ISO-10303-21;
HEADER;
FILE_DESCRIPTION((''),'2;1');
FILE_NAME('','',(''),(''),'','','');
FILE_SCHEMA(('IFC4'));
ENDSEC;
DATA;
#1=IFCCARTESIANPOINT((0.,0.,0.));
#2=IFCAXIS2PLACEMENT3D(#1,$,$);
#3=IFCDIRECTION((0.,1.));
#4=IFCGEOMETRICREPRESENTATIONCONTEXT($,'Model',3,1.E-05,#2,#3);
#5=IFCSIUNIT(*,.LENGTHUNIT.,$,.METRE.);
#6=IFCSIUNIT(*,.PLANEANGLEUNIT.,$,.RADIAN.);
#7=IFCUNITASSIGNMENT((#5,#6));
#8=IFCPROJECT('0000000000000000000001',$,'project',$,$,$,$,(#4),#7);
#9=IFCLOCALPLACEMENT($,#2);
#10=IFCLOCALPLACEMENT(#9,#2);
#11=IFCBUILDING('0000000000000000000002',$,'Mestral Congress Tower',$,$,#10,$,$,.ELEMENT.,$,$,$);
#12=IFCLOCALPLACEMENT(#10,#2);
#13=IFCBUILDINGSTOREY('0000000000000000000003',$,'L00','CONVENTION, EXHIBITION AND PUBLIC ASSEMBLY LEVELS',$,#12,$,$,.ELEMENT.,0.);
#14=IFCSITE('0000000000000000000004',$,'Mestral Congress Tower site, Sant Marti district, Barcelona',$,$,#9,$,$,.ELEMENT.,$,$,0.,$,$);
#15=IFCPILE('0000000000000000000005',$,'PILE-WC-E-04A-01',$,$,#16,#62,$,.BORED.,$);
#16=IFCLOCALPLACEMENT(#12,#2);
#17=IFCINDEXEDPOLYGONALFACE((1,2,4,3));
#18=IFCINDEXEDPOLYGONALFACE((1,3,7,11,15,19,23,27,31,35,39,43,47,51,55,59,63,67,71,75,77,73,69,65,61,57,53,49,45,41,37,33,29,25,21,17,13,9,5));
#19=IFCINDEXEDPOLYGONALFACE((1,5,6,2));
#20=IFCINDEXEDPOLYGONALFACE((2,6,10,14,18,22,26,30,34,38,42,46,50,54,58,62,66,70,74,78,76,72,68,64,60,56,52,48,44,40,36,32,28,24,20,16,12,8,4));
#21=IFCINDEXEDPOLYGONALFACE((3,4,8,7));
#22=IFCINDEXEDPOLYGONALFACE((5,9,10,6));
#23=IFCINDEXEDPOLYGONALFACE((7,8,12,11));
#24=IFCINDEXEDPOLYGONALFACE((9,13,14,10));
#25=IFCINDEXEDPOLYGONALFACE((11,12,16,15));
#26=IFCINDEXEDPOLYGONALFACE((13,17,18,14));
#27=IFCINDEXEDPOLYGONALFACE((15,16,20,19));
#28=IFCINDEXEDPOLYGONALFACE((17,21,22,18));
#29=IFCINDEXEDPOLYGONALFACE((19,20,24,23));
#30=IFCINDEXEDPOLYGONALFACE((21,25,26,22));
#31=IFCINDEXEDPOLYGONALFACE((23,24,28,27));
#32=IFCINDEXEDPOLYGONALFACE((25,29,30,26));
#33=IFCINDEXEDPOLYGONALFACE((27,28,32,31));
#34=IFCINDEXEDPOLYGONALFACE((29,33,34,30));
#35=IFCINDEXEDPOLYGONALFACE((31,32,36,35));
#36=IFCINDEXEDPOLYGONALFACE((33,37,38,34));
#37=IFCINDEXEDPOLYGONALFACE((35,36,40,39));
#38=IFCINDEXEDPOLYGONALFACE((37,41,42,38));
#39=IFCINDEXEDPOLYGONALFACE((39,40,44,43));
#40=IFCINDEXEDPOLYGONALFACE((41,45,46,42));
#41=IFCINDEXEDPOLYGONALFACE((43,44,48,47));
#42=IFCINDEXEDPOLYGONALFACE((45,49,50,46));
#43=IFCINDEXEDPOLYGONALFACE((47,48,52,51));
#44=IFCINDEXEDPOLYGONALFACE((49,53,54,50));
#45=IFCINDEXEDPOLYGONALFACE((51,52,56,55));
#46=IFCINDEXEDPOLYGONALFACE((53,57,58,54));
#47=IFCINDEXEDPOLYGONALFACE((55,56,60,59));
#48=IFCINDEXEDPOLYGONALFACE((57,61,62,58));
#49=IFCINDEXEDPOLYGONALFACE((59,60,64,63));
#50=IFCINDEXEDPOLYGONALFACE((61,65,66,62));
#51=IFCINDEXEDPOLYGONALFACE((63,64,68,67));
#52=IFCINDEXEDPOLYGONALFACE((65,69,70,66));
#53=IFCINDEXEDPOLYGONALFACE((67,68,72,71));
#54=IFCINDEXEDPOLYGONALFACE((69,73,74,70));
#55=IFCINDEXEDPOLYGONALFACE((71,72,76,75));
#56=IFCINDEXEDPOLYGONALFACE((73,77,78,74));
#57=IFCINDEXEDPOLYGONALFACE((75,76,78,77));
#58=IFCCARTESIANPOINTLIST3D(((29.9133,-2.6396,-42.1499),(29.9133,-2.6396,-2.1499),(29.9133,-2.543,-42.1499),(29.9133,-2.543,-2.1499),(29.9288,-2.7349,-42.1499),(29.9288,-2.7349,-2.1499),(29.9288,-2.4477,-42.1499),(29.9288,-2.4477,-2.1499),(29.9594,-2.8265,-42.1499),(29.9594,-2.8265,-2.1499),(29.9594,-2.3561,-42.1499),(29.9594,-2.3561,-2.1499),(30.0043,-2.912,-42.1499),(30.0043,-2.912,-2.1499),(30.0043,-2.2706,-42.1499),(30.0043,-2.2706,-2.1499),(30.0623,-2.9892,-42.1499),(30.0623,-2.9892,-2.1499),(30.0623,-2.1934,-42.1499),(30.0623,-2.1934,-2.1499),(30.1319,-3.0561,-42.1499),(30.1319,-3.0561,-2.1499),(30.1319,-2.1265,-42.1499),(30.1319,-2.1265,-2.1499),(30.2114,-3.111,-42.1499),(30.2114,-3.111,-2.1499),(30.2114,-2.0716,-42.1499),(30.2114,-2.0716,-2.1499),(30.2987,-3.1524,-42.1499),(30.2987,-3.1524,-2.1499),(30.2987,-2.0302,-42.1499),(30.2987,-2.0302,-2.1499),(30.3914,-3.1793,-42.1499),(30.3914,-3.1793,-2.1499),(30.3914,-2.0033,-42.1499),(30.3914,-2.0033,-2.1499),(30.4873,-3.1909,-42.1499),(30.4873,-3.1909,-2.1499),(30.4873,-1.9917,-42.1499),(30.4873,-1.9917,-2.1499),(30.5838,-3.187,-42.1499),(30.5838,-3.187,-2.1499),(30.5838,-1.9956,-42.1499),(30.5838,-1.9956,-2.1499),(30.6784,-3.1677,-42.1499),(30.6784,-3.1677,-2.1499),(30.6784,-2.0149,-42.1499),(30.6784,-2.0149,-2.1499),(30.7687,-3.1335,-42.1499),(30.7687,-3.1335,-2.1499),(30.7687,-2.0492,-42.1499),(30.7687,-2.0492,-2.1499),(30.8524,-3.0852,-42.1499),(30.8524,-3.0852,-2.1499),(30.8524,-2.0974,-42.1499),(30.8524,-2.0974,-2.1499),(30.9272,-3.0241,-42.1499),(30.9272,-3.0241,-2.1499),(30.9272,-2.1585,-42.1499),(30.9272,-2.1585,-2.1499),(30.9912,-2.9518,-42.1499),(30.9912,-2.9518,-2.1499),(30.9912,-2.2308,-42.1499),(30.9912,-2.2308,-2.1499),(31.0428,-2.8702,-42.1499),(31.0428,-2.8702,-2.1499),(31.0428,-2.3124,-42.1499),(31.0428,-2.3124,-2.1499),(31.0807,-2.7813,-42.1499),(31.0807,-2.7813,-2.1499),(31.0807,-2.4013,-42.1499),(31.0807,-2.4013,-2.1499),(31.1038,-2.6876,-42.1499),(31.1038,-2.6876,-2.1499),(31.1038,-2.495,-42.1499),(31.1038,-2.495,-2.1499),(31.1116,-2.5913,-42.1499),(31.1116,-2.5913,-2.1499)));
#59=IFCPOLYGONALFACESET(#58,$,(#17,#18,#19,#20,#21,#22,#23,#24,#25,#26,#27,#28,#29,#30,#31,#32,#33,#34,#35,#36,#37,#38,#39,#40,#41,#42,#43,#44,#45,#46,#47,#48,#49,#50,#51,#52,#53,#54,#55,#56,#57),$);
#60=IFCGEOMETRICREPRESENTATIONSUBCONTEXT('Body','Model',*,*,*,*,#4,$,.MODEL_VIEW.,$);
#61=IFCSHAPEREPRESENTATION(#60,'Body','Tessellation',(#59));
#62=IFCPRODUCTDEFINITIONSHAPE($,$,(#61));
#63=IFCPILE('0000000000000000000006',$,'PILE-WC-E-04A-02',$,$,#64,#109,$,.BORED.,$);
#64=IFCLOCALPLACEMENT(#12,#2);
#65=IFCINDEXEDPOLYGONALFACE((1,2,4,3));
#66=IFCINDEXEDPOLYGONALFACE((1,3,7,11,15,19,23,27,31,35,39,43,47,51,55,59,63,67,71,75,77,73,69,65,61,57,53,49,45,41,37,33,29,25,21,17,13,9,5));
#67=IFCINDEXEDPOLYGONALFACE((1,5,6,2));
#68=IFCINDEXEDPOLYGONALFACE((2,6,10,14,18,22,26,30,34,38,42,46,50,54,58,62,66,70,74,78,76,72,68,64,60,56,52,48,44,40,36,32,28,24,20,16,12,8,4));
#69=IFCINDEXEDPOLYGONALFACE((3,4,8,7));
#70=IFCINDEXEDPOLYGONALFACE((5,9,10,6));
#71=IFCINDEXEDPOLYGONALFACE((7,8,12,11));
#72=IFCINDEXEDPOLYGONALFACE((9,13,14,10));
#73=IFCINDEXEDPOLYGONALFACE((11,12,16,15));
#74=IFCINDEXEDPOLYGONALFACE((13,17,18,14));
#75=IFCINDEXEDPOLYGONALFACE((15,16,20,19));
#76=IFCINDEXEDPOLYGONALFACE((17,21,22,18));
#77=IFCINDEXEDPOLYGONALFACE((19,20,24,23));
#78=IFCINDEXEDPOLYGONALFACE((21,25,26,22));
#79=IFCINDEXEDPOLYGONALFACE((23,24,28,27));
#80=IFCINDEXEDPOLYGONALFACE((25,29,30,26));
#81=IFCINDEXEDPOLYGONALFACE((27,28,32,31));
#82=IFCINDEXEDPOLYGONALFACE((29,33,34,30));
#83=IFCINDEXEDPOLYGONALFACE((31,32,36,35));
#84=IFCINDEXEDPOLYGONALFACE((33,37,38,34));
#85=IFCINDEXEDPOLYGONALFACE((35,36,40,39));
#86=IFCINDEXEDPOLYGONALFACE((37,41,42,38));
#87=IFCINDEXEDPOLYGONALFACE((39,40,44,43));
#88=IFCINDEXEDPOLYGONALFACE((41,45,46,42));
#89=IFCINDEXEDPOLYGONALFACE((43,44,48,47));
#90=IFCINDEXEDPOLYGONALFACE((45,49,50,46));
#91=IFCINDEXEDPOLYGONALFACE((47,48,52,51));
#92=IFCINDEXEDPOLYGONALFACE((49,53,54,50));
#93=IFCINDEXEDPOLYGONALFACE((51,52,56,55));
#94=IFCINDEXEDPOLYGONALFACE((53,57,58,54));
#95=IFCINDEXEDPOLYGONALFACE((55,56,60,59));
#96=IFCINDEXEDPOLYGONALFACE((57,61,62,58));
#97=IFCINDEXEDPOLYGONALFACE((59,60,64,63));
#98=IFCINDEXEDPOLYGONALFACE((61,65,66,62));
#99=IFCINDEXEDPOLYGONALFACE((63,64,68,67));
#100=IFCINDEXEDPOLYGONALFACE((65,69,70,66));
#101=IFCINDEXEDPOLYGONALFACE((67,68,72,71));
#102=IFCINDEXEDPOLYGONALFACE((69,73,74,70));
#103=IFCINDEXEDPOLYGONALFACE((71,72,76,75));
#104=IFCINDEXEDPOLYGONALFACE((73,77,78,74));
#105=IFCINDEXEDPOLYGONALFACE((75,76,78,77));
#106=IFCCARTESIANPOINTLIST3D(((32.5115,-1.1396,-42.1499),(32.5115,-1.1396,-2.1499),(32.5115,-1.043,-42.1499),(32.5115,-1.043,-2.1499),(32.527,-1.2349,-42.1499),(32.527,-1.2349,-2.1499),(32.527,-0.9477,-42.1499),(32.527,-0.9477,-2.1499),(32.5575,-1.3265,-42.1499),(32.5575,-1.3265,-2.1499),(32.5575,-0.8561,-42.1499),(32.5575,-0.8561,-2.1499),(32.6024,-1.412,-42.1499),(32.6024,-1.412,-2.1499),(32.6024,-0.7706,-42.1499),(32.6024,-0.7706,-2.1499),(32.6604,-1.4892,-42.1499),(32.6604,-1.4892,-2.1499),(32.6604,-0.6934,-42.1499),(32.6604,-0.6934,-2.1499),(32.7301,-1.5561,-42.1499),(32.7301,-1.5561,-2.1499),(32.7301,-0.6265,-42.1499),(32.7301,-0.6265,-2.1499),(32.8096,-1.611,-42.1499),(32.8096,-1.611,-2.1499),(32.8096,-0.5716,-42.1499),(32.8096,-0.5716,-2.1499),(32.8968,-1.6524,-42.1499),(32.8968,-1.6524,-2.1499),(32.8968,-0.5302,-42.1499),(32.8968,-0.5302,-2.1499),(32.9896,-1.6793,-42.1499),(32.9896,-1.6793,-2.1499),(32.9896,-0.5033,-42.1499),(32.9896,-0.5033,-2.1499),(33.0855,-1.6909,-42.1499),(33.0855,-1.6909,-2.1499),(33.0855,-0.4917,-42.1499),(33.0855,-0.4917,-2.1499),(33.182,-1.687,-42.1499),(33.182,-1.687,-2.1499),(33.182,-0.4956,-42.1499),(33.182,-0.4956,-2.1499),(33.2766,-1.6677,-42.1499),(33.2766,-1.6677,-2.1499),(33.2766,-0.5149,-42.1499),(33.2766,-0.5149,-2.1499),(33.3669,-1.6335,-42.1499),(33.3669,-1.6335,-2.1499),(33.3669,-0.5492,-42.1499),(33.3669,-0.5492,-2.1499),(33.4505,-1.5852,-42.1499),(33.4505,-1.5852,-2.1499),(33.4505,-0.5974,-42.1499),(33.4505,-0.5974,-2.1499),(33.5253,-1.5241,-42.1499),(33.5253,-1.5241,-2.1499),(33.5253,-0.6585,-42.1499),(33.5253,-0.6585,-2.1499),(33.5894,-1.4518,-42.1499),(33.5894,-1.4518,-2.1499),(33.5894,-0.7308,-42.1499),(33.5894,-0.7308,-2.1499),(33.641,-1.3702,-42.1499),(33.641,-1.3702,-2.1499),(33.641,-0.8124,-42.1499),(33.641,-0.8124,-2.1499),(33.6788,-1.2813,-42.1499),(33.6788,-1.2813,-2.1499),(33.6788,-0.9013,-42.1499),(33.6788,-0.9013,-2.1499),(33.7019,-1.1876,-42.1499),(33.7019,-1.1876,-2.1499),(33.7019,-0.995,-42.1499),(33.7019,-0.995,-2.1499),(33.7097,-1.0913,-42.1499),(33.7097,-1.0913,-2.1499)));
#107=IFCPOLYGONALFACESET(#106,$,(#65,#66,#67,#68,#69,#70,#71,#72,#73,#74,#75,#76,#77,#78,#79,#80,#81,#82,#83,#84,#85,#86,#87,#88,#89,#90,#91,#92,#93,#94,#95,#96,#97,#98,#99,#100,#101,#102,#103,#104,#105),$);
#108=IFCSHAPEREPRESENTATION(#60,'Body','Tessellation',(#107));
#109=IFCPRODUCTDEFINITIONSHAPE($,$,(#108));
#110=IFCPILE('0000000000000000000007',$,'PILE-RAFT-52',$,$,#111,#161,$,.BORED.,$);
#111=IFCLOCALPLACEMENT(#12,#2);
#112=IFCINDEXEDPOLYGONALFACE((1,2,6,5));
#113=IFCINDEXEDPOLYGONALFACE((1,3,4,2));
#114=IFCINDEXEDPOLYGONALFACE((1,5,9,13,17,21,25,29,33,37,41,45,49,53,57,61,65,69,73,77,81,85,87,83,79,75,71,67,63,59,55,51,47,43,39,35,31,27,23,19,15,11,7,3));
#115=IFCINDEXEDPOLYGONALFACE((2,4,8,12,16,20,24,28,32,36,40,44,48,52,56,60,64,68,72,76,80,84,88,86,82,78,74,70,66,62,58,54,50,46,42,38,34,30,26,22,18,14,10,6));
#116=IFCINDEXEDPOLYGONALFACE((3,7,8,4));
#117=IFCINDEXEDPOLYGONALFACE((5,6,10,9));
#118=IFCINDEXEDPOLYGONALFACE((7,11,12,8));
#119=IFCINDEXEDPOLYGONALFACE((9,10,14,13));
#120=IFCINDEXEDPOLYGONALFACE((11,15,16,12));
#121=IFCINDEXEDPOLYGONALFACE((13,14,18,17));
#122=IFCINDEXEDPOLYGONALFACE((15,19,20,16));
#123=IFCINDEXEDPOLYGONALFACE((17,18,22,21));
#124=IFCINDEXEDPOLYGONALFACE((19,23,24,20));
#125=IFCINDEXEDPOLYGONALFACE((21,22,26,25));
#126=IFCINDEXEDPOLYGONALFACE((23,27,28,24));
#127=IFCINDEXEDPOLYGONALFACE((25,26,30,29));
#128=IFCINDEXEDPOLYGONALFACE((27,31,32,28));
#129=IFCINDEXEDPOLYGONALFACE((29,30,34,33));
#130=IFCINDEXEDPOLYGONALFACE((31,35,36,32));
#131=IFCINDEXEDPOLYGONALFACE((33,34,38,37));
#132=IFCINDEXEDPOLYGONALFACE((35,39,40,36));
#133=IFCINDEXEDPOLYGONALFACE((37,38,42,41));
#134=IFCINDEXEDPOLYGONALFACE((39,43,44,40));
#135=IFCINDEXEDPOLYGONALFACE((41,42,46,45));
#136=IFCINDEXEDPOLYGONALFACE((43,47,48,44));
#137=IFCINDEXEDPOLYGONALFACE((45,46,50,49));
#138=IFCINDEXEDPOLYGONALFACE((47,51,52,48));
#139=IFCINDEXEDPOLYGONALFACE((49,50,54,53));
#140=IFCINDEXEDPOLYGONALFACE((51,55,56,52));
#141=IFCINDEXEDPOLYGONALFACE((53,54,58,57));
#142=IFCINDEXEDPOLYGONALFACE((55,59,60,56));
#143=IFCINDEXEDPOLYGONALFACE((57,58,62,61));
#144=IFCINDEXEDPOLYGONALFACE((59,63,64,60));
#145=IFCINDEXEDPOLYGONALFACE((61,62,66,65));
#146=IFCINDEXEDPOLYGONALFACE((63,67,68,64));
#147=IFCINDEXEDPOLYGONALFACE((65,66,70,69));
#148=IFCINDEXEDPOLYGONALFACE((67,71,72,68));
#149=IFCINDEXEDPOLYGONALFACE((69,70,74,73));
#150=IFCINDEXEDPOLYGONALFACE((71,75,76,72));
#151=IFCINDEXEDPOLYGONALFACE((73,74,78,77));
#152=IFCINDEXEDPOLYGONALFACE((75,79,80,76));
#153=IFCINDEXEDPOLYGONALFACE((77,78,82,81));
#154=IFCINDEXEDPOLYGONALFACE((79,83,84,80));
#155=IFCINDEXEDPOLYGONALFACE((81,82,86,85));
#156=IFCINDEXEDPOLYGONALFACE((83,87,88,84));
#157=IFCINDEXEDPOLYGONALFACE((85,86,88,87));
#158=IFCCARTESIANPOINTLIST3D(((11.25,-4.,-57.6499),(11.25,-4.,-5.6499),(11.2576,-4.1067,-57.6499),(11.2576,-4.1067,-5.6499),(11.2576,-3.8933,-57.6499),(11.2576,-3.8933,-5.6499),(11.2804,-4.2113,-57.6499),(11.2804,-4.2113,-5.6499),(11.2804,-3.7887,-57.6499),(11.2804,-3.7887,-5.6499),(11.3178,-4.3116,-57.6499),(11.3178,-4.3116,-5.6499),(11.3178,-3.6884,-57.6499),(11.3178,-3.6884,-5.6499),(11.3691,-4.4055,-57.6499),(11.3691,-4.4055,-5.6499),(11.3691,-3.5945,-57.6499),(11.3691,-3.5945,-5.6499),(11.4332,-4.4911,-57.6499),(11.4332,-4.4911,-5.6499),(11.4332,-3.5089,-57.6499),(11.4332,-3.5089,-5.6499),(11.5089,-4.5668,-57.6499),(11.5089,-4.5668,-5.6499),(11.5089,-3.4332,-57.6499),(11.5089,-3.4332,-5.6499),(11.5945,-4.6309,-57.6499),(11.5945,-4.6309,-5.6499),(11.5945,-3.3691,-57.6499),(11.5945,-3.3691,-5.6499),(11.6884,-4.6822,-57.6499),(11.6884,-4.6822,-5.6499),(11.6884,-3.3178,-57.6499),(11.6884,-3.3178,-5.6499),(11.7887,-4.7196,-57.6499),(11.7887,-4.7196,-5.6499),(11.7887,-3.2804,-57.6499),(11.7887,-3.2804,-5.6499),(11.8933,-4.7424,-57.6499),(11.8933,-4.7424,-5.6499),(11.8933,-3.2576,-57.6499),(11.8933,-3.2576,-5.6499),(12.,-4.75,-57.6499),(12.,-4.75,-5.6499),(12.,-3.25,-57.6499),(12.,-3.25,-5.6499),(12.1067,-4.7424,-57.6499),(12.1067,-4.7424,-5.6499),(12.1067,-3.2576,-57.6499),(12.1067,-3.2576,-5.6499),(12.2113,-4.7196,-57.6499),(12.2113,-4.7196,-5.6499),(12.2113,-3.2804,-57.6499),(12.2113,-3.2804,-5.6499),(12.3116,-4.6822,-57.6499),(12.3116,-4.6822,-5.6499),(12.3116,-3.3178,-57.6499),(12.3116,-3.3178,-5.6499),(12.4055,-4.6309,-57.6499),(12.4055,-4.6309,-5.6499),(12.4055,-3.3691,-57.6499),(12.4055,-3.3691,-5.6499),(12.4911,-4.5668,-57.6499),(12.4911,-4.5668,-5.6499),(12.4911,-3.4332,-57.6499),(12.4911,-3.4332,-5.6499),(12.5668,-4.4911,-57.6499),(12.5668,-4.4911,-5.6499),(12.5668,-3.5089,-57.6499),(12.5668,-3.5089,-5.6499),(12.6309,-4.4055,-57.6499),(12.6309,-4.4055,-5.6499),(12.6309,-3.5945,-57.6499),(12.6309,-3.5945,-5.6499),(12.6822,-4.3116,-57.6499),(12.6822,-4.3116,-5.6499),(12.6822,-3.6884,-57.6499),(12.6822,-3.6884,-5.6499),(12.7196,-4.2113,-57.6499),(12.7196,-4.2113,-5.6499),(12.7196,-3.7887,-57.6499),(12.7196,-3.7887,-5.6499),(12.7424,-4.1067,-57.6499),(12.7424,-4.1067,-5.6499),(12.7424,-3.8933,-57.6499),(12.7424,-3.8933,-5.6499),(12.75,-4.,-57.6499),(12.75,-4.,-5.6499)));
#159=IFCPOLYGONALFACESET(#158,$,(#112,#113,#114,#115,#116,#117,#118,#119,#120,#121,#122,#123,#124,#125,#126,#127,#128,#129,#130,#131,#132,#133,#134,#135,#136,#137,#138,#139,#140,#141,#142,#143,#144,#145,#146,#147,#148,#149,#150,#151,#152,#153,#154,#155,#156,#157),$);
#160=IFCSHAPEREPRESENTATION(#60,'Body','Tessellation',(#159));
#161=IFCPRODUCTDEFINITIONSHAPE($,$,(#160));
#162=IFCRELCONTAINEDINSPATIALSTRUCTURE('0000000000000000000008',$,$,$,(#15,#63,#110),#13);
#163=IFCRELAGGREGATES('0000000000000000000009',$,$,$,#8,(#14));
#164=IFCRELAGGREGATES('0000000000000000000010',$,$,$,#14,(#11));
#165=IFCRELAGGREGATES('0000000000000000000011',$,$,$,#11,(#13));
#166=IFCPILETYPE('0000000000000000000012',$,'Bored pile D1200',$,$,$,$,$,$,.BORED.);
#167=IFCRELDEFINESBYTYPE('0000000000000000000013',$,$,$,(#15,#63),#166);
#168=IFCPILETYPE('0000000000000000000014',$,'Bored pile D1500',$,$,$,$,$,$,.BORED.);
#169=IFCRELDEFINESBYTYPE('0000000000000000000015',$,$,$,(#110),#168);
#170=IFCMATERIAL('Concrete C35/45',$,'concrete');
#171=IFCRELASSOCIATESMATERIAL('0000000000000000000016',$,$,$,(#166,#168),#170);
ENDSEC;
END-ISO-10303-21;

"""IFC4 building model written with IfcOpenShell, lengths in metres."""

from ifc_helpers import new_model, si_unit, direction, frame, origin, origin_2d, place, context, subcontext, project, spatial, circle, extrude, material, material_profile, profile_set, type_object, element, save


model = new_model("IFC4")

# Units and contexts
model_context = context("Model", 3, precision=1e-05, world=origin(), true_north=direction((0.0, 1.0)))
body_context = subcontext(model_context, "Body", "Model", "MODEL_VIEW")
ifc_project = project(units=[si_unit("LENGTHUNIT", "METRE"), si_unit("PLANEANGLEUNIT", "RADIAN")], contexts=[model_context])

# Site, building, storey
site_placement = place(None, origin())
site = spatial("IfcSite", under=ifc_project, at=site_placement, Name="Mestral Congress Tower site, Sant Marti district, Barcelona", CompositionType="ELEMENT", RefElevation=0.0)
building_placement = place(site_placement, origin())
building = spatial("IfcBuilding", under=site, at=building_placement, Name="Mestral Congress Tower", CompositionType="ELEMENT")
storey_placement = place(building_placement, origin())
storey = spatial("IfcBuildingStorey", under=building, at=storey_placement, Name="L00", Description="CONVENTION, EXHIBITION AND PUBLIC ASSEMBLY LEVELS", CompositionType="ELEMENT", Elevation=0.0)

# Piles
ifc_material_1 = material(Name="Concrete C35/45", Category="concrete")
ifc_material_profile_1 = material_profile(ifc_material_1, circle(Radius=0.6001, at=origin_2d()), Name="D1200")
ifc_profile_set_1 = profile_set([ifc_material_profile_1], Name="Concrete C35/45")
pile_type_1 = type_object("IfcPileType", Name="Bored pile D1200", PredefinedType="BORED", material=ifc_profile_set_1)
for number, where, z_axis, x_axis, name in (
    (1, (30.5115, -2.5913, -2.1499), (0.0, 0.0, -1.0), (1.0, 0.0, 0.0), "PILE-WC-E-04A-01"),
    (2, (33.1096, -1.0913, -2.1499), (0.0, 0.0, -1.0), (1.0, 0.0, 0.0), "PILE-WC-E-04A-02"),
):
    element("IfcPile", number, at=place(storey_placement, frame(where, z_axis=z_axis, x_axis=x_axis)), inside=storey, type_object=pile_type_1, Name=name, PredefinedType="BORED", context=body_context, shape_type="SweptSolid", body=[
        extrude(circle(Radius=0.6001, at=origin_2d()), origin(), (0.0, 0.0, 1.0), 40.0),
    ])
ifc_material_profile_2 = material_profile(ifc_material_1, circle(Radius=0.75, at=origin_2d()), Name="D1500")
ifc_profile_set_2 = profile_set([ifc_material_profile_2], Name="Concrete C35/45")
pile_type_2 = type_object("IfcPileType", Name="Bored pile D1500", PredefinedType="BORED", material=ifc_profile_set_2)
for number, where, z_axis, x_axis, name in (
    (3, (12.0, -4.0, -5.6499), (0.0, 0.0, -1.0), (1.0, 0.0, 0.0), "PILE-RAFT-52"),
):
    element("IfcPile", number, at=place(storey_placement, frame(where, z_axis=z_axis, x_axis=x_axis)), inside=storey, type_object=pile_type_2, Name=name, PredefinedType="BORED", context=body_context, shape_type="SweptSolid", body=[
        extrude(circle(Radius=0.75, at=origin_2d()), origin(), (0.0, 0.0, 1.0), 52.0),
    ])

save(model, "model.ifc")
